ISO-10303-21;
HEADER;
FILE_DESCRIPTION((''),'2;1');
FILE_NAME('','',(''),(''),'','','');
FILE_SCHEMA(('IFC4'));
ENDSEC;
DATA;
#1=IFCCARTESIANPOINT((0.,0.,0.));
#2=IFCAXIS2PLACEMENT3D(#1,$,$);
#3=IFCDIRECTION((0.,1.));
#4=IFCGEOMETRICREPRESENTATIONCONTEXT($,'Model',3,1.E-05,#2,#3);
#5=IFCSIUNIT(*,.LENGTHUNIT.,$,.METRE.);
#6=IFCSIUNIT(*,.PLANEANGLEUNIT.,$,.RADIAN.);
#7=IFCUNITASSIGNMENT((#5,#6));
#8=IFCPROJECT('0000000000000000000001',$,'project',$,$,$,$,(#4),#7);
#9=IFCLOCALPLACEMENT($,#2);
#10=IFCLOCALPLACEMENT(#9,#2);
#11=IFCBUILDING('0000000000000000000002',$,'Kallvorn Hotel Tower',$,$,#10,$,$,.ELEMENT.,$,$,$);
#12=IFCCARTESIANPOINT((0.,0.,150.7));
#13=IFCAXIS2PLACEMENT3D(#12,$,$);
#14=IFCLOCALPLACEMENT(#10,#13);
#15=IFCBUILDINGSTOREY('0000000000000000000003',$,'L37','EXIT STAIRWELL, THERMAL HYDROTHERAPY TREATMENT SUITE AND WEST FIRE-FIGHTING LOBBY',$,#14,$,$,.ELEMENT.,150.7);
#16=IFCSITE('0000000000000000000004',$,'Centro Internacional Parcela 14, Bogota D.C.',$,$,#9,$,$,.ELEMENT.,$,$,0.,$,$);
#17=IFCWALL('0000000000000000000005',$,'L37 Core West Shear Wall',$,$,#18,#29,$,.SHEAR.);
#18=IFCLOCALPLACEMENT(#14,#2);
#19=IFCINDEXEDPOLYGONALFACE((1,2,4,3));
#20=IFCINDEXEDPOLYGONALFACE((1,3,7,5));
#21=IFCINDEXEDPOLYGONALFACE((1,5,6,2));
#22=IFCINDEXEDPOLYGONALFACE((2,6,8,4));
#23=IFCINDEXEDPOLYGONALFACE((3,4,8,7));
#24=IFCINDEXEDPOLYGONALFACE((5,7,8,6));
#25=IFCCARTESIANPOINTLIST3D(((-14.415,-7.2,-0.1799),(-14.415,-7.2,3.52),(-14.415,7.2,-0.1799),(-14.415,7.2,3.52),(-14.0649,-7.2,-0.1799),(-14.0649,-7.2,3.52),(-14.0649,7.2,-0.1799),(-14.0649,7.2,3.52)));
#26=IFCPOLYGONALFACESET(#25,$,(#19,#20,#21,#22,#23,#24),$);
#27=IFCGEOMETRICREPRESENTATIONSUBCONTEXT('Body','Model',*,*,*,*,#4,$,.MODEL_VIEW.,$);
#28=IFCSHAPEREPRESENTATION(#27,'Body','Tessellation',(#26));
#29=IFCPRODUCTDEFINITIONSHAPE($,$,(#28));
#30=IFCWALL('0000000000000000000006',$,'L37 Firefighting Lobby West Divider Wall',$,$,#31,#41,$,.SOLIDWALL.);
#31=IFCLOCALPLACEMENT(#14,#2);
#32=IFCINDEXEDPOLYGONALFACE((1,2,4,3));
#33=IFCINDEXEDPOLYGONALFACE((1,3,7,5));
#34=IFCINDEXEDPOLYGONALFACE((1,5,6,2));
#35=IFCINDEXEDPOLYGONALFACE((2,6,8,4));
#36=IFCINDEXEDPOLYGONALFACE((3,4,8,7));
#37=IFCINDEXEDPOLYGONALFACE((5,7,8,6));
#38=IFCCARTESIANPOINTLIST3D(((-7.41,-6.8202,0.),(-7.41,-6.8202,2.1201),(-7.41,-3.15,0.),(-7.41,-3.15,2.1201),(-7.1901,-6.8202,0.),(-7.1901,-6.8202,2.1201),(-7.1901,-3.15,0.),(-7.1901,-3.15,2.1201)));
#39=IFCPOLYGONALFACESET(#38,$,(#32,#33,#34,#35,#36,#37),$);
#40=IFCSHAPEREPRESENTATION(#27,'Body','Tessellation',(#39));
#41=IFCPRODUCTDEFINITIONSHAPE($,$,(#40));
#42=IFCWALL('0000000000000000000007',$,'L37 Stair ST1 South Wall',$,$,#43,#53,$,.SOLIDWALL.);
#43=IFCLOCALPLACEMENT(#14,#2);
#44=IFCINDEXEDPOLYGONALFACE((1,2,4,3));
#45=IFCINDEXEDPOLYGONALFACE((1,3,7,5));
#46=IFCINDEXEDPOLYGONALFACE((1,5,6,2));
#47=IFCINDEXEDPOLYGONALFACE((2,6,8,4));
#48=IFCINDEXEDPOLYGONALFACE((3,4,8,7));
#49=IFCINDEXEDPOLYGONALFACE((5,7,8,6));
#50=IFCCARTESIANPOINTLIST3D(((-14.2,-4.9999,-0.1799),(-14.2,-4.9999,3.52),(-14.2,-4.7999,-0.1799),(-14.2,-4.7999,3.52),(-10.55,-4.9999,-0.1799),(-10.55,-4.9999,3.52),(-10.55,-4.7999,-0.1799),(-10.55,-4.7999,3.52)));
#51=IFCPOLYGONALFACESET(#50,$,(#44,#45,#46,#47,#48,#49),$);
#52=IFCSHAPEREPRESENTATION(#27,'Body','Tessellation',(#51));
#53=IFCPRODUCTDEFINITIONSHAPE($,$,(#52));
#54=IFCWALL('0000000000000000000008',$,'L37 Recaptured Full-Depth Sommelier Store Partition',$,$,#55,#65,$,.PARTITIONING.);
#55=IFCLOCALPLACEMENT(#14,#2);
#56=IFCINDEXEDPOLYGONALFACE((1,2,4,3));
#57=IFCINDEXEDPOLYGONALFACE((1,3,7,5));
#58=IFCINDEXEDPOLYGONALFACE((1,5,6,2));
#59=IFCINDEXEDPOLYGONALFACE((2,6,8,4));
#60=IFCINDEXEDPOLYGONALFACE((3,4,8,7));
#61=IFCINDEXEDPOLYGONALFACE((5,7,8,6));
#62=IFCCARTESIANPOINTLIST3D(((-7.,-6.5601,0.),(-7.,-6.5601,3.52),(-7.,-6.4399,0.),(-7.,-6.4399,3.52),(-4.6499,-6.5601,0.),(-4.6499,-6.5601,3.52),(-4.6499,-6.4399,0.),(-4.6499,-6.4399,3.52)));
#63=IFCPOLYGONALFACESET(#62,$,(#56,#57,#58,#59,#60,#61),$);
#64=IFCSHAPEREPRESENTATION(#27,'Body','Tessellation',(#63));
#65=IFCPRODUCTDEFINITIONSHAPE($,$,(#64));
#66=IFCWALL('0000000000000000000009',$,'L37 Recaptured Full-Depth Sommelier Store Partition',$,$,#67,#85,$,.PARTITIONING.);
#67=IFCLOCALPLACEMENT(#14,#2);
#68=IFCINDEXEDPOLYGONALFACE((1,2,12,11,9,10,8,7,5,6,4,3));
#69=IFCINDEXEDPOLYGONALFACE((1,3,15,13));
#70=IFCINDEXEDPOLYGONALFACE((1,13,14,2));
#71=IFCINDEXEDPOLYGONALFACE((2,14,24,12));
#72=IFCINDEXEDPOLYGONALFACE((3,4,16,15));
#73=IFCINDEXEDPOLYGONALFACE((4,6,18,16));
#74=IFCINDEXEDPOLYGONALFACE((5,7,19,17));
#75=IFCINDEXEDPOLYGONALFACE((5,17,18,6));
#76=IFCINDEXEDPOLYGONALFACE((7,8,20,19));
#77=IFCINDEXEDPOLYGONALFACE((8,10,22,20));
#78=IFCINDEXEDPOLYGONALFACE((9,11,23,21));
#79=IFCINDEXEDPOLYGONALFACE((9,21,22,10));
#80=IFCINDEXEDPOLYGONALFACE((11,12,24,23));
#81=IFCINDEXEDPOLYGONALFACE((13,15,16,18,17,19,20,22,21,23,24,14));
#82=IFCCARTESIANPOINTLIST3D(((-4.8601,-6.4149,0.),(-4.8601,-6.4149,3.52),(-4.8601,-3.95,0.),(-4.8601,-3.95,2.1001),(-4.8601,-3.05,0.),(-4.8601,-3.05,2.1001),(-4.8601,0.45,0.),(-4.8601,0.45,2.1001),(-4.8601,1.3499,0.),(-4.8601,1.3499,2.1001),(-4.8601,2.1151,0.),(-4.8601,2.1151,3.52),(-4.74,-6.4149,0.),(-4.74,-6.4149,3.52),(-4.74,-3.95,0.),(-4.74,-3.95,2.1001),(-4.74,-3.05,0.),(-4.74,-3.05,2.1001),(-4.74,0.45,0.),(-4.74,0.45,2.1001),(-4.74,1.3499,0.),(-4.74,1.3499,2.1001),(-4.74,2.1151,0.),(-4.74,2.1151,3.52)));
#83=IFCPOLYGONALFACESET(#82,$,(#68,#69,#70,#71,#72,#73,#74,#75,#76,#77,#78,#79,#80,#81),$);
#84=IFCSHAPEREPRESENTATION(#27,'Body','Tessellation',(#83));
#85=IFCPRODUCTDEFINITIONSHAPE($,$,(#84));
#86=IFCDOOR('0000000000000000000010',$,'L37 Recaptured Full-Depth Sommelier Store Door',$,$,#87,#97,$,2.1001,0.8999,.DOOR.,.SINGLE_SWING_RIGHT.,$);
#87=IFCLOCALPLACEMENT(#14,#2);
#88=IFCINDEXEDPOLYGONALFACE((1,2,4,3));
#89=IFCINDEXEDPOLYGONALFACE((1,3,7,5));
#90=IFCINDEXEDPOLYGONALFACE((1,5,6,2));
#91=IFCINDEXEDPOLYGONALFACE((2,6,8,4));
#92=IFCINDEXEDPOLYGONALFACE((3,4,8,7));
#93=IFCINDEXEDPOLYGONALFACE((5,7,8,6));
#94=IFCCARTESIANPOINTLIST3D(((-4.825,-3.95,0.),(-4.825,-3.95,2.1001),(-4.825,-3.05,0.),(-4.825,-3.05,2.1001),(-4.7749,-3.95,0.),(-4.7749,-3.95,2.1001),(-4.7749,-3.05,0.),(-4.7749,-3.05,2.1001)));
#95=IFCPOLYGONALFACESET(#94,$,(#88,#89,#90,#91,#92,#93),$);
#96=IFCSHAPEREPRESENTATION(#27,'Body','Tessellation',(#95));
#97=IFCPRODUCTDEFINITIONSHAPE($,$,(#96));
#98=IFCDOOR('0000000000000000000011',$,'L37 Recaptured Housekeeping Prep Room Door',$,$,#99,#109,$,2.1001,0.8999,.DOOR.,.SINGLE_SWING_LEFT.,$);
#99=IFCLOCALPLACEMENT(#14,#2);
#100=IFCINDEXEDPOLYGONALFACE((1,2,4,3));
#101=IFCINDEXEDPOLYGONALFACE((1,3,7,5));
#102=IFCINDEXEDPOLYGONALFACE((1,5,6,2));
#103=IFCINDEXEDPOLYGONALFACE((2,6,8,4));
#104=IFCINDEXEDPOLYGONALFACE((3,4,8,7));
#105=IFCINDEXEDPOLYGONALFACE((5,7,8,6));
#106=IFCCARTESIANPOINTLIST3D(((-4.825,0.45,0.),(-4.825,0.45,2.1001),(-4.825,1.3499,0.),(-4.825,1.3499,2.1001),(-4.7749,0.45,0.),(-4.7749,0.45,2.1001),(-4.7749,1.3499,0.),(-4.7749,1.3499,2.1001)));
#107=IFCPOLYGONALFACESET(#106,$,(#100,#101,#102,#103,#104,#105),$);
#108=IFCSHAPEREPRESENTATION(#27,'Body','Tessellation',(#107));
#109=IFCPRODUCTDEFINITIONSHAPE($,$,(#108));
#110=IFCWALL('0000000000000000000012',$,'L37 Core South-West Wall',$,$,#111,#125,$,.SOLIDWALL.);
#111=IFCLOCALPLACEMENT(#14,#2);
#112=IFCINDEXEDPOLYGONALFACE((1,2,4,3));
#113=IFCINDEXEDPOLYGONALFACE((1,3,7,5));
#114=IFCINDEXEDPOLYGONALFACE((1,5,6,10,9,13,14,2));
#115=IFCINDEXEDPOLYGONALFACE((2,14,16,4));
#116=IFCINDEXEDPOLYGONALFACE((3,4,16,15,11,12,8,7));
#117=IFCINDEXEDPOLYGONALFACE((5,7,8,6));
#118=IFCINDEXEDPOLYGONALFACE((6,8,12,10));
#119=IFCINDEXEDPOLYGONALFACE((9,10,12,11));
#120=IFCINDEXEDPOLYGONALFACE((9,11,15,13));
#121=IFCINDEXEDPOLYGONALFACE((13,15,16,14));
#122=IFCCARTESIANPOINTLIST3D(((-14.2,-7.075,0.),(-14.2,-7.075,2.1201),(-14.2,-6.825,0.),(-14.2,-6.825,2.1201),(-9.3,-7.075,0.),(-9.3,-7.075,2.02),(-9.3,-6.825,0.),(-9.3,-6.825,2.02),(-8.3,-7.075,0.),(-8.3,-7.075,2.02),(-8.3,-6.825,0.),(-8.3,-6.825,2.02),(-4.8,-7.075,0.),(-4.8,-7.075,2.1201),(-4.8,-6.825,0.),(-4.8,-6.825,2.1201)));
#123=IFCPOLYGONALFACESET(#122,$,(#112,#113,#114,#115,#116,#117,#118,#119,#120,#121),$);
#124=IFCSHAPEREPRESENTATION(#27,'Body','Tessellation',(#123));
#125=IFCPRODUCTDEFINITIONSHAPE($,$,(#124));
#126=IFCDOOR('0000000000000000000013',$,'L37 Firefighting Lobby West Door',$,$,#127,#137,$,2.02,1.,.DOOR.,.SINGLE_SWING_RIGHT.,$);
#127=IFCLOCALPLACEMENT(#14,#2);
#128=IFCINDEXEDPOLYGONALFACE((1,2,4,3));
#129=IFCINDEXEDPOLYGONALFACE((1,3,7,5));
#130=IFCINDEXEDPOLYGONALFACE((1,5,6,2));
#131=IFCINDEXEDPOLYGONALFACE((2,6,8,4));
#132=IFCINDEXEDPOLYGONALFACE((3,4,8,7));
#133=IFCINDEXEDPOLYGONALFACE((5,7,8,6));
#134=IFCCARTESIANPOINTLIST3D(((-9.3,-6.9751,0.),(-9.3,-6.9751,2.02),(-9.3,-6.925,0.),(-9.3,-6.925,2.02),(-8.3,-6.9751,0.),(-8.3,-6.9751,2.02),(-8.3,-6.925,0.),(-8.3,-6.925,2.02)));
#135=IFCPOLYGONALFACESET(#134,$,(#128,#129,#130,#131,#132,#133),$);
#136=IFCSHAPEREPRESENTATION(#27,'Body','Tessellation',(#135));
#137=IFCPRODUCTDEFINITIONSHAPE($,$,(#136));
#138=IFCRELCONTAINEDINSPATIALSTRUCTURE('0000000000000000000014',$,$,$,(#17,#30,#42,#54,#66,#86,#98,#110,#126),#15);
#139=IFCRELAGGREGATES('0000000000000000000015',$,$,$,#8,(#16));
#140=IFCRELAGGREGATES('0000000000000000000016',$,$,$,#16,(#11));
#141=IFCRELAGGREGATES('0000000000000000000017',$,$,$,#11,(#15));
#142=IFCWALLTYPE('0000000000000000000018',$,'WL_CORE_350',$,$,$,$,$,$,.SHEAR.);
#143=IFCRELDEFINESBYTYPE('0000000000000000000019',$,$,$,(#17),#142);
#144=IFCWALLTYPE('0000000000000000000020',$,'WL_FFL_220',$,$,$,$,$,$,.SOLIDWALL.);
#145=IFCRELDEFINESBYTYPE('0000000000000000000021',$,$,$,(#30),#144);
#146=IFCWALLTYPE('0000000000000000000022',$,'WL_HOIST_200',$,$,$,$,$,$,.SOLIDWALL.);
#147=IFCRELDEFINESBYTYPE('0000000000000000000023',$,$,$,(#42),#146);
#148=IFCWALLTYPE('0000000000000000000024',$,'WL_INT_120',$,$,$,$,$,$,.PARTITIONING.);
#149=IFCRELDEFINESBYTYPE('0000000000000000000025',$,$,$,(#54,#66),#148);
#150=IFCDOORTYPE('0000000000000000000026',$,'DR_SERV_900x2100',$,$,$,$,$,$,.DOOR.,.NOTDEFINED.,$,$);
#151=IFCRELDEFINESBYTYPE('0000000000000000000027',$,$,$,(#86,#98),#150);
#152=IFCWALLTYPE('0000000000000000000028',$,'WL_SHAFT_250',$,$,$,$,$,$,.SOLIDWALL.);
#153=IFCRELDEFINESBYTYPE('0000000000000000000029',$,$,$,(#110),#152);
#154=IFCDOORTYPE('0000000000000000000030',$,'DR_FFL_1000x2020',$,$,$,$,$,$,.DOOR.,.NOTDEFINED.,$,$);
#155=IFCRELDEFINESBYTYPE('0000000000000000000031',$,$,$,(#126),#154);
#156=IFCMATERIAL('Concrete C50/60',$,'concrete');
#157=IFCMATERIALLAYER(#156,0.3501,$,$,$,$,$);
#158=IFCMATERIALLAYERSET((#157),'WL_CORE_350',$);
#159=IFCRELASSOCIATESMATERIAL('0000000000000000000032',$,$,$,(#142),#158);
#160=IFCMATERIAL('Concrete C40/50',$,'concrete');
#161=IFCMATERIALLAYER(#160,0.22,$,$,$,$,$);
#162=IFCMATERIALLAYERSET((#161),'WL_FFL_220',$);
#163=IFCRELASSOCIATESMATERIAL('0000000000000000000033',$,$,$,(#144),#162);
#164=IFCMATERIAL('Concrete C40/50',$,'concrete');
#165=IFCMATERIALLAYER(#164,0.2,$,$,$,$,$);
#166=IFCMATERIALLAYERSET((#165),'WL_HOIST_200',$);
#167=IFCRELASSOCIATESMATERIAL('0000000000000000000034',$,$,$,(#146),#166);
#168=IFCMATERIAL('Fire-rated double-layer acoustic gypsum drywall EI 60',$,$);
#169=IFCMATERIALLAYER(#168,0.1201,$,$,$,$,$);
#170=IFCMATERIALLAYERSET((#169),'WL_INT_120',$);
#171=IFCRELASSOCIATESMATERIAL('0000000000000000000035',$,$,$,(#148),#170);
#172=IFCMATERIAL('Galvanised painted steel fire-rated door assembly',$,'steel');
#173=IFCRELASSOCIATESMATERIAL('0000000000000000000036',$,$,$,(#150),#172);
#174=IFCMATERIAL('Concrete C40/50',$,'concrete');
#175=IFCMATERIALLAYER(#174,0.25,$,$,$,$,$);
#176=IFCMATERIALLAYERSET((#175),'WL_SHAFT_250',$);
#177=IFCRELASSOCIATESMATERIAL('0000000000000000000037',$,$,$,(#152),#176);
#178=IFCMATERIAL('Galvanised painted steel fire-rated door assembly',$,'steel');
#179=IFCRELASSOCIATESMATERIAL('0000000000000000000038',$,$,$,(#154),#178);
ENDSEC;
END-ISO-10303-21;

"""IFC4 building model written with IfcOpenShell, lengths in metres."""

from ifc_helpers import new_model, si_unit, direction, frame, frame_2d, origin, place, context, subcontext, project, spatial, rectangle, extrude, material, layer, layer_set, type_object, element, fill, save


model = new_model("IFC4")

# Units and contexts
model_context = context("Model", 3, precision=1e-05, world=origin(), true_north=direction((0.0, 1.0)))
body_context = subcontext(model_context, "Body", "Model", "MODEL_VIEW")
ifc_project = project(units=[si_unit("LENGTHUNIT", "METRE"), si_unit("PLANEANGLEUNIT", "RADIAN")], contexts=[model_context])

# Site, building, storey
site_placement = place(None, origin())
site = spatial("IfcSite", under=ifc_project, at=site_placement, Name="Centro Internacional Parcela 14, Bogota D.C.", CompositionType="ELEMENT", RefElevation=0.0)
building_placement = place(site_placement, origin())
building = spatial("IfcBuilding", under=site, at=building_placement, Name="Kallvorn Hotel Tower", CompositionType="ELEMENT")
storey_placement = place(building_placement, frame((0.0, 0.0, 150.7)))
storey = spatial("IfcBuildingStorey", under=building, at=storey_placement, Name="L37", Description="EXIT STAIRWELL, THERMAL HYDROTHERAPY TREATMENT SUITE AND WEST FIRE-FIGHTING LOBBY", CompositionType="ELEMENT", Elevation=150.7)

# Walls
ifc_material_1 = material(Name="Concrete C50/60", Category="concrete")
ifc_layer_1 = layer(ifc_material_1, 0.3501)
ifc_layer_set_1 = layer_set([ifc_layer_1], Name="WL_CORE_350")
wall_type_1 = type_object("IfcWallType", Name="WL_CORE_350", PredefinedType="SHEAR", material=ifc_layer_set_1)
wall_1_placement = place(storey_placement, frame((-14.24, -7.2, -0.1799), z_axis=(0.0, 0.0, 1.0), x_axis=(0.0, 1.0, 0.0)))
element("IfcWall", 1, at=wall_1_placement, inside=storey, type_object=wall_type_1, Name="L37 Core West Shear Wall", PredefinedType="SHEAR", context=body_context, shape_type="SweptSolid", body=[
    extrude(rectangle(XDim=14.3999, YDim=0.3501, at=frame_2d((7.2, 0.0))), origin(), (0.0, 0.0, 1.0), 3.7),
])
ifc_material_2 = material(Name="Concrete C40/50", Category="concrete")
ifc_layer_2 = layer(ifc_material_2, 0.22)
ifc_layer_set_2 = layer_set([ifc_layer_2], Name="WL_FFL_220")
wall_type_2 = type_object("IfcWallType", Name="WL_FFL_220", PredefinedType="SOLIDWALL", material=ifc_layer_set_2)
wall_2_placement = place(storey_placement, frame((-7.3, -6.8201, 0.0), z_axis=(0.0, 0.0, 1.0), x_axis=(0.0, 1.0, 0.0)))
element("IfcWall", 2, at=wall_2_placement, inside=storey, type_object=wall_type_2, Name="L37 Firefighting Lobby West Divider Wall", PredefinedType="SOLIDWALL", context=body_context, shape_type="SweptSolid", body=[
    extrude(rectangle(XDim=3.6702, YDim=0.22, at=frame_2d((1.835, 0.0))), origin(), (0.0, 0.0, 1.0), 2.1201),
])
ifc_material_3 = material(Name="Concrete C40/50", Category="concrete")
ifc_layer_3 = layer(ifc_material_3, 0.2)
ifc_layer_set_3 = layer_set([ifc_layer_3], Name="WL_HOIST_200")
wall_type_3 = type_object("IfcWallType", Name="WL_HOIST_200", PredefinedType="SOLIDWALL", material=ifc_layer_set_3)
wall_3_placement = place(storey_placement, frame((-14.2, -4.8999, -0.1799), z_axis=(0.0, 0.0, 1.0), x_axis=(1.0, 0.0, 0.0)))
element("IfcWall", 3, at=wall_3_placement, inside=storey, type_object=wall_type_3, Name="L37 Stair ST1 South Wall", PredefinedType="SOLIDWALL", context=body_context, shape_type="SweptSolid", body=[
    extrude(rectangle(XDim=3.6499, YDim=0.2, at=frame_2d((1.825, 0.0))), origin(), (0.0, 0.0, 1.0), 3.7),
])
ifc_material_4 = material(Name="Fire-rated double-layer acoustic gypsum drywall EI 60")
ifc_layer_4 = layer(ifc_material_4, 0.1201)
ifc_layer_set_4 = layer_set([ifc_layer_4], Name="WL_INT_120")
wall_type_4 = type_object("IfcWallType", Name="WL_INT_120", PredefinedType="PARTITIONING", material=ifc_layer_set_4)
wall_4_placement = place(storey_placement, frame((-7.0, -6.5, 0.0), z_axis=(0.0, 0.0, 1.0), x_axis=(1.0, 0.0, 0.0)))
element("IfcWall", 4, at=wall_4_placement, inside=storey, type_object=wall_type_4, Name="L37 Recaptured Full-Depth Sommelier Store Partition", PredefinedType="PARTITIONING", context=body_context, shape_type="SweptSolid", body=[
    extrude(rectangle(XDim=2.3501, YDim=0.1201, at=frame_2d((1.175, 0.0))), origin(), (0.0, 0.0, 1.0), 3.52),
])

# Wall, openings, doors
wall_5_placement = place(storey_placement, frame((-4.8, -6.415, 0.0), z_axis=(0.0, 0.0, 1.0), x_axis=(0.0, 1.0, 0.0)))
wall_5 = element("IfcWall", 5, at=wall_5_placement, inside=storey, type_object=wall_type_4, Name="L37 Recaptured Full-Depth Sommelier Store Partition", PredefinedType="PARTITIONING", context=body_context, shape_type="SweptSolid", body=[
    extrude(rectangle(XDim=8.53, YDim=0.1201, at=frame_2d((4.2651, 0.0))), origin(), (0.0, 0.0, 1.0), 3.52),
])
opening_1_placement = place(wall_5_placement, frame((2.4651, 0.0, 0.0)))
opening_1 = element("IfcOpeningElement", 6, at=opening_1_placement, cuts=wall_5, PredefinedType="OPENING", context=body_context, shape_type="SweptSolid", body=[
    extrude(rectangle(XDim=0.8999, YDim=2.1001, at=frame_2d((0.45, 1.05))), frame((0.0, 0.075, 0.0), z_axis=(0.0, -1.0, 0.0), x_axis=(1.0, 0.0, 0.0)), (0.0, 0.0, 1.0), 0.1501),
])
opening_2_placement = place(wall_5_placement, frame((6.865, 0.0, 0.0)))
opening_2 = element("IfcOpeningElement", 7, at=opening_2_placement, cuts=wall_5, PredefinedType="OPENING", context=body_context, shape_type="SweptSolid", body=[
    extrude(rectangle(XDim=0.8999, YDim=2.1001, at=frame_2d((0.45, 1.05))), frame((0.0, 0.075, 0.0), z_axis=(0.0, -1.0, 0.0), x_axis=(1.0, 0.0, 0.0)), (0.0, 0.0, 1.0), 0.1501),
])
ifc_material_5 = material(Name="Galvanised painted steel fire-rated door assembly", Category="steel")
door_type_1 = type_object("IfcDoorType", Name="DR_SERV_900x2100", OperationType="NOTDEFINED", PredefinedType="DOOR", material=ifc_material_5)
door_1_placement = place(opening_1_placement, origin())
door_1 = element("IfcDoor", 8, at=door_1_placement, inside=storey, type_object=door_type_1, Name="L37 Recaptured Full-Depth Sommelier Store Door", OperationType="SINGLE_SWING_RIGHT", OverallHeight=2.1001, OverallWidth=0.8999, PredefinedType="DOOR", context=body_context, shape_type="SweptSolid", body=[
    extrude(rectangle(XDim=0.8999, YDim=2.1001, at=frame_2d((0.45, 1.05))), frame((0.0, 0.0249, 0.0), z_axis=(0.0, -1.0, 0.0), x_axis=(1.0, 0.0, 0.0)), (0.0, 0.0, 1.0), 0.05),
])
fill(opening_1, door_1)
door_2_placement = place(opening_2_placement, origin())
door_2 = element("IfcDoor", 9, at=door_2_placement, inside=storey, type_object=door_type_1, Name="L37 Recaptured Housekeeping Prep Room Door", OperationType="SINGLE_SWING_LEFT", OverallHeight=2.1001, OverallWidth=0.8999, PredefinedType="DOOR", context=body_context, shape_type="SweptSolid", body=[
    extrude(rectangle(XDim=0.8999, YDim=2.1001, at=frame_2d((0.45, 1.05))), frame((0.0, 0.0249, 0.0), z_axis=(0.0, -1.0, 0.0), x_axis=(1.0, 0.0, 0.0)), (0.0, 0.0, 1.0), 0.05),
])
fill(opening_2, door_2)

# Wall, opening, door
ifc_material_6 = material(Name="Concrete C40/50", Category="concrete")
ifc_layer_5 = layer(ifc_material_6, 0.25)
ifc_layer_set_5 = layer_set([ifc_layer_5], Name="WL_SHAFT_250")
wall_type_5 = type_object("IfcWallType", Name="WL_SHAFT_250", PredefinedType="SOLIDWALL", material=ifc_layer_set_5)
wall_6_placement = place(storey_placement, frame((-14.2, -6.95, 0.0), z_axis=(0.0, 0.0, 1.0), x_axis=(1.0, 0.0, 0.0)))
wall_6 = element("IfcWall", 10, at=wall_6_placement, inside=storey, type_object=wall_type_5, Name="L37 Core South-West Wall", PredefinedType="SOLIDWALL", context=body_context, shape_type="SweptSolid", body=[
    extrude(rectangle(XDim=9.3999, YDim=0.25, at=frame_2d((4.7, 0.0))), origin(), (0.0, 0.0, 1.0), 2.1201),
])
opening_3_placement = place(wall_6_placement, frame((4.8999, 0.0, 0.0)))
opening_3 = element("IfcOpeningElement", 11, at=opening_3_placement, cuts=wall_6, PredefinedType="OPENING", context=body_context, shape_type="SweptSolid", body=[
    extrude(rectangle(XDim=1.0, YDim=2.02, at=frame_2d((0.5, 1.01))), frame((0.0, 0.1399, 0.0), z_axis=(0.0, -1.0, 0.0), x_axis=(1.0, 0.0, 0.0)), (0.0, 0.0, 1.0), 0.28),
])
ifc_material_7 = material(Name="Galvanised painted steel fire-rated door assembly", Category="steel")
door_type_2 = type_object("IfcDoorType", Name="DR_FFL_1000x2020", OperationType="NOTDEFINED", PredefinedType="DOOR", material=ifc_material_7)
door_3_placement = place(opening_3_placement, origin())
door_3 = element("IfcDoor", 12, at=door_3_placement, inside=storey, type_object=door_type_2, Name="L37 Firefighting Lobby West Door", OperationType="SINGLE_SWING_RIGHT", OverallHeight=2.02, OverallWidth=1.0, PredefinedType="DOOR", context=body_context, shape_type="SweptSolid", body=[
    extrude(rectangle(XDim=1.0, YDim=2.02, at=frame_2d((0.5, 1.01))), frame((0.0, 0.0249, 0.0), z_axis=(0.0, -1.0, 0.0), x_axis=(1.0, 0.0, 0.0)), (0.0, 0.0, 1.0), 0.05),
])
fill(opening_3, door_3)

save(model, "model.ifc")
